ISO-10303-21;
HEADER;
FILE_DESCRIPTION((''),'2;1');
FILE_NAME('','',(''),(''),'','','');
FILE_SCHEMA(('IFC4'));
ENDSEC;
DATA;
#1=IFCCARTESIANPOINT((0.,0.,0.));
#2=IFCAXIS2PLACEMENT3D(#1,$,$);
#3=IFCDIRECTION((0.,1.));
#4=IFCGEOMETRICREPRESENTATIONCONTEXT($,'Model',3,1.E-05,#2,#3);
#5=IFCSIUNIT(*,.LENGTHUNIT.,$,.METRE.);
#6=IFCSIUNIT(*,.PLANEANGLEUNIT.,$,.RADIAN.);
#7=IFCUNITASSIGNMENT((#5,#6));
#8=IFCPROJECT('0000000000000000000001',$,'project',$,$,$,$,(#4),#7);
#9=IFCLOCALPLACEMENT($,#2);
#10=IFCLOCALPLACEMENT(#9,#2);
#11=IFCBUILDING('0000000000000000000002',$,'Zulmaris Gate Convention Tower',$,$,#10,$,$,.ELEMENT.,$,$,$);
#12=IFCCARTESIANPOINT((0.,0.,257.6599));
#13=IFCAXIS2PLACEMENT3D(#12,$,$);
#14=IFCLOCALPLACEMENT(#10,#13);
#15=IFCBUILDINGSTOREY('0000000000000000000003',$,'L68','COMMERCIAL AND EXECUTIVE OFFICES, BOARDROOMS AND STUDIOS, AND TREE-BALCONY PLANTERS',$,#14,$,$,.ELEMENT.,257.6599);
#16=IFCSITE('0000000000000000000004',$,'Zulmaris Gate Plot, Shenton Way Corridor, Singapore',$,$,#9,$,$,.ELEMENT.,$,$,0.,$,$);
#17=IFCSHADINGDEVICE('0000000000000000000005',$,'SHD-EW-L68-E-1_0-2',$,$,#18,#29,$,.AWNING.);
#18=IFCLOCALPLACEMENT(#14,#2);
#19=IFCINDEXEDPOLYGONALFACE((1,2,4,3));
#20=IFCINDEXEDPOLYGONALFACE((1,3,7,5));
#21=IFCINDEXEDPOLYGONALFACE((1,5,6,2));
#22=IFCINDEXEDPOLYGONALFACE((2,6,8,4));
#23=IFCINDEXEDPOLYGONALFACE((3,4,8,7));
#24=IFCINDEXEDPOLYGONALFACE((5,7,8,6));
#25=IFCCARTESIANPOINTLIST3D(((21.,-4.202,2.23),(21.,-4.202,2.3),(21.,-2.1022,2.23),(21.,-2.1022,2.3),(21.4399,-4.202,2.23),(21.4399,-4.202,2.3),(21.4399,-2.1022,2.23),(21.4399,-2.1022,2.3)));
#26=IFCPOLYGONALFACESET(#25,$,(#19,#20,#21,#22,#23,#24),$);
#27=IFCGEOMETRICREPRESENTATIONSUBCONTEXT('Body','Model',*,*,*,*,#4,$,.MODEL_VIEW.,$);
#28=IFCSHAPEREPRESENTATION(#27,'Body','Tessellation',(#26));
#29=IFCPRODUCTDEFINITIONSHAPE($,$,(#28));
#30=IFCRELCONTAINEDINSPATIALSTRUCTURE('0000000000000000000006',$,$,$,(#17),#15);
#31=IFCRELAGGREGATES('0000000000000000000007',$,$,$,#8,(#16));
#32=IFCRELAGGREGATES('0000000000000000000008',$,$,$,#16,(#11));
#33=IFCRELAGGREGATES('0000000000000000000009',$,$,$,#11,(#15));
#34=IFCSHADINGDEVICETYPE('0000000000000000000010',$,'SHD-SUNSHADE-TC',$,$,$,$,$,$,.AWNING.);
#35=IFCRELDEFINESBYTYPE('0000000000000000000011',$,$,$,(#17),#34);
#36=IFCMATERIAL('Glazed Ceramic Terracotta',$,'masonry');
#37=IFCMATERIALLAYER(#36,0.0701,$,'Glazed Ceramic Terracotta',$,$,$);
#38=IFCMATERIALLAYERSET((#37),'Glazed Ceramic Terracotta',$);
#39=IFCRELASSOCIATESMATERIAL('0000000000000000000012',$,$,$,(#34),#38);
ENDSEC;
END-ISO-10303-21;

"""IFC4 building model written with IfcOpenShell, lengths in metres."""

from ifc_helpers import new_model, si_unit, direction, frame, frame_2d, origin, place, context, subcontext, project, spatial, rectangle, extrude, material, layer, layer_set, type_object, element, save


model = new_model("IFC4")

# Units and contexts
model_context = context("Model", 3, precision=1e-05, world=origin(), true_north=direction((0.0, 1.0)))
body_context = subcontext(model_context, "Body", "Model", "MODEL_VIEW")
ifc_project = project(units=[si_unit("LENGTHUNIT", "METRE"), si_unit("PLANEANGLEUNIT", "RADIAN")], contexts=[model_context])

# Site, building, storey
site_placement = place(None, origin())
site = spatial("IfcSite", under=ifc_project, at=site_placement, Name="Zulmaris Gate Plot, Shenton Way Corridor, Singapore", CompositionType="ELEMENT", RefElevation=0.0)
building_placement = place(site_placement, origin())
building = spatial("IfcBuilding", under=site, at=building_placement, Name="Zulmaris Gate Convention Tower", CompositionType="ELEMENT")
storey_placement = place(building_placement, frame((0.0, 0.0, 257.6599)))
storey = spatial("IfcBuildingStorey", under=building, at=storey_placement, Name="L68", Description="COMMERCIAL AND EXECUTIVE OFFICES, BOARDROOMS AND STUDIOS, AND TREE-BALCONY PLANTERS", CompositionType="ELEMENT", Elevation=257.6599)

# Shading device
ifc_material_1 = material(Name="Glazed Ceramic Terracotta", Category="masonry")
ifc_layer_1 = layer(ifc_material_1, 0.0701, Name="Glazed Ceramic Terracotta")
ifc_layer_set_1 = layer_set([ifc_layer_1], Name="Glazed Ceramic Terracotta")
shading_device_type = type_object("IfcShadingDeviceType", Name="SHD-SUNSHADE-TC", PredefinedType="AWNING", material=ifc_layer_set_1)
for number, where, z_axis, x_axis, name in (
    (1, (21.22, -4.2019, 2.23), (0.0, 0.0, 1.0), (0.0, 1.0, 0.0), "SHD-EW-L68-E-1_0-2"),
):
    element("IfcShadingDevice", number, at=place(storey_placement, frame(where, z_axis=z_axis, x_axis=x_axis)), inside=storey, type_object=shading_device_type, Name=name, PredefinedType="AWNING", context=body_context, shape_type="SweptSolid", body=[
        extrude(rectangle(XDim=2.0999, YDim=0.4399, at=frame_2d((1.0498, 0.0))), origin(), (0.0, 0.0, 1.0), 0.0701),
    ])

save(model, "model.ifc")
